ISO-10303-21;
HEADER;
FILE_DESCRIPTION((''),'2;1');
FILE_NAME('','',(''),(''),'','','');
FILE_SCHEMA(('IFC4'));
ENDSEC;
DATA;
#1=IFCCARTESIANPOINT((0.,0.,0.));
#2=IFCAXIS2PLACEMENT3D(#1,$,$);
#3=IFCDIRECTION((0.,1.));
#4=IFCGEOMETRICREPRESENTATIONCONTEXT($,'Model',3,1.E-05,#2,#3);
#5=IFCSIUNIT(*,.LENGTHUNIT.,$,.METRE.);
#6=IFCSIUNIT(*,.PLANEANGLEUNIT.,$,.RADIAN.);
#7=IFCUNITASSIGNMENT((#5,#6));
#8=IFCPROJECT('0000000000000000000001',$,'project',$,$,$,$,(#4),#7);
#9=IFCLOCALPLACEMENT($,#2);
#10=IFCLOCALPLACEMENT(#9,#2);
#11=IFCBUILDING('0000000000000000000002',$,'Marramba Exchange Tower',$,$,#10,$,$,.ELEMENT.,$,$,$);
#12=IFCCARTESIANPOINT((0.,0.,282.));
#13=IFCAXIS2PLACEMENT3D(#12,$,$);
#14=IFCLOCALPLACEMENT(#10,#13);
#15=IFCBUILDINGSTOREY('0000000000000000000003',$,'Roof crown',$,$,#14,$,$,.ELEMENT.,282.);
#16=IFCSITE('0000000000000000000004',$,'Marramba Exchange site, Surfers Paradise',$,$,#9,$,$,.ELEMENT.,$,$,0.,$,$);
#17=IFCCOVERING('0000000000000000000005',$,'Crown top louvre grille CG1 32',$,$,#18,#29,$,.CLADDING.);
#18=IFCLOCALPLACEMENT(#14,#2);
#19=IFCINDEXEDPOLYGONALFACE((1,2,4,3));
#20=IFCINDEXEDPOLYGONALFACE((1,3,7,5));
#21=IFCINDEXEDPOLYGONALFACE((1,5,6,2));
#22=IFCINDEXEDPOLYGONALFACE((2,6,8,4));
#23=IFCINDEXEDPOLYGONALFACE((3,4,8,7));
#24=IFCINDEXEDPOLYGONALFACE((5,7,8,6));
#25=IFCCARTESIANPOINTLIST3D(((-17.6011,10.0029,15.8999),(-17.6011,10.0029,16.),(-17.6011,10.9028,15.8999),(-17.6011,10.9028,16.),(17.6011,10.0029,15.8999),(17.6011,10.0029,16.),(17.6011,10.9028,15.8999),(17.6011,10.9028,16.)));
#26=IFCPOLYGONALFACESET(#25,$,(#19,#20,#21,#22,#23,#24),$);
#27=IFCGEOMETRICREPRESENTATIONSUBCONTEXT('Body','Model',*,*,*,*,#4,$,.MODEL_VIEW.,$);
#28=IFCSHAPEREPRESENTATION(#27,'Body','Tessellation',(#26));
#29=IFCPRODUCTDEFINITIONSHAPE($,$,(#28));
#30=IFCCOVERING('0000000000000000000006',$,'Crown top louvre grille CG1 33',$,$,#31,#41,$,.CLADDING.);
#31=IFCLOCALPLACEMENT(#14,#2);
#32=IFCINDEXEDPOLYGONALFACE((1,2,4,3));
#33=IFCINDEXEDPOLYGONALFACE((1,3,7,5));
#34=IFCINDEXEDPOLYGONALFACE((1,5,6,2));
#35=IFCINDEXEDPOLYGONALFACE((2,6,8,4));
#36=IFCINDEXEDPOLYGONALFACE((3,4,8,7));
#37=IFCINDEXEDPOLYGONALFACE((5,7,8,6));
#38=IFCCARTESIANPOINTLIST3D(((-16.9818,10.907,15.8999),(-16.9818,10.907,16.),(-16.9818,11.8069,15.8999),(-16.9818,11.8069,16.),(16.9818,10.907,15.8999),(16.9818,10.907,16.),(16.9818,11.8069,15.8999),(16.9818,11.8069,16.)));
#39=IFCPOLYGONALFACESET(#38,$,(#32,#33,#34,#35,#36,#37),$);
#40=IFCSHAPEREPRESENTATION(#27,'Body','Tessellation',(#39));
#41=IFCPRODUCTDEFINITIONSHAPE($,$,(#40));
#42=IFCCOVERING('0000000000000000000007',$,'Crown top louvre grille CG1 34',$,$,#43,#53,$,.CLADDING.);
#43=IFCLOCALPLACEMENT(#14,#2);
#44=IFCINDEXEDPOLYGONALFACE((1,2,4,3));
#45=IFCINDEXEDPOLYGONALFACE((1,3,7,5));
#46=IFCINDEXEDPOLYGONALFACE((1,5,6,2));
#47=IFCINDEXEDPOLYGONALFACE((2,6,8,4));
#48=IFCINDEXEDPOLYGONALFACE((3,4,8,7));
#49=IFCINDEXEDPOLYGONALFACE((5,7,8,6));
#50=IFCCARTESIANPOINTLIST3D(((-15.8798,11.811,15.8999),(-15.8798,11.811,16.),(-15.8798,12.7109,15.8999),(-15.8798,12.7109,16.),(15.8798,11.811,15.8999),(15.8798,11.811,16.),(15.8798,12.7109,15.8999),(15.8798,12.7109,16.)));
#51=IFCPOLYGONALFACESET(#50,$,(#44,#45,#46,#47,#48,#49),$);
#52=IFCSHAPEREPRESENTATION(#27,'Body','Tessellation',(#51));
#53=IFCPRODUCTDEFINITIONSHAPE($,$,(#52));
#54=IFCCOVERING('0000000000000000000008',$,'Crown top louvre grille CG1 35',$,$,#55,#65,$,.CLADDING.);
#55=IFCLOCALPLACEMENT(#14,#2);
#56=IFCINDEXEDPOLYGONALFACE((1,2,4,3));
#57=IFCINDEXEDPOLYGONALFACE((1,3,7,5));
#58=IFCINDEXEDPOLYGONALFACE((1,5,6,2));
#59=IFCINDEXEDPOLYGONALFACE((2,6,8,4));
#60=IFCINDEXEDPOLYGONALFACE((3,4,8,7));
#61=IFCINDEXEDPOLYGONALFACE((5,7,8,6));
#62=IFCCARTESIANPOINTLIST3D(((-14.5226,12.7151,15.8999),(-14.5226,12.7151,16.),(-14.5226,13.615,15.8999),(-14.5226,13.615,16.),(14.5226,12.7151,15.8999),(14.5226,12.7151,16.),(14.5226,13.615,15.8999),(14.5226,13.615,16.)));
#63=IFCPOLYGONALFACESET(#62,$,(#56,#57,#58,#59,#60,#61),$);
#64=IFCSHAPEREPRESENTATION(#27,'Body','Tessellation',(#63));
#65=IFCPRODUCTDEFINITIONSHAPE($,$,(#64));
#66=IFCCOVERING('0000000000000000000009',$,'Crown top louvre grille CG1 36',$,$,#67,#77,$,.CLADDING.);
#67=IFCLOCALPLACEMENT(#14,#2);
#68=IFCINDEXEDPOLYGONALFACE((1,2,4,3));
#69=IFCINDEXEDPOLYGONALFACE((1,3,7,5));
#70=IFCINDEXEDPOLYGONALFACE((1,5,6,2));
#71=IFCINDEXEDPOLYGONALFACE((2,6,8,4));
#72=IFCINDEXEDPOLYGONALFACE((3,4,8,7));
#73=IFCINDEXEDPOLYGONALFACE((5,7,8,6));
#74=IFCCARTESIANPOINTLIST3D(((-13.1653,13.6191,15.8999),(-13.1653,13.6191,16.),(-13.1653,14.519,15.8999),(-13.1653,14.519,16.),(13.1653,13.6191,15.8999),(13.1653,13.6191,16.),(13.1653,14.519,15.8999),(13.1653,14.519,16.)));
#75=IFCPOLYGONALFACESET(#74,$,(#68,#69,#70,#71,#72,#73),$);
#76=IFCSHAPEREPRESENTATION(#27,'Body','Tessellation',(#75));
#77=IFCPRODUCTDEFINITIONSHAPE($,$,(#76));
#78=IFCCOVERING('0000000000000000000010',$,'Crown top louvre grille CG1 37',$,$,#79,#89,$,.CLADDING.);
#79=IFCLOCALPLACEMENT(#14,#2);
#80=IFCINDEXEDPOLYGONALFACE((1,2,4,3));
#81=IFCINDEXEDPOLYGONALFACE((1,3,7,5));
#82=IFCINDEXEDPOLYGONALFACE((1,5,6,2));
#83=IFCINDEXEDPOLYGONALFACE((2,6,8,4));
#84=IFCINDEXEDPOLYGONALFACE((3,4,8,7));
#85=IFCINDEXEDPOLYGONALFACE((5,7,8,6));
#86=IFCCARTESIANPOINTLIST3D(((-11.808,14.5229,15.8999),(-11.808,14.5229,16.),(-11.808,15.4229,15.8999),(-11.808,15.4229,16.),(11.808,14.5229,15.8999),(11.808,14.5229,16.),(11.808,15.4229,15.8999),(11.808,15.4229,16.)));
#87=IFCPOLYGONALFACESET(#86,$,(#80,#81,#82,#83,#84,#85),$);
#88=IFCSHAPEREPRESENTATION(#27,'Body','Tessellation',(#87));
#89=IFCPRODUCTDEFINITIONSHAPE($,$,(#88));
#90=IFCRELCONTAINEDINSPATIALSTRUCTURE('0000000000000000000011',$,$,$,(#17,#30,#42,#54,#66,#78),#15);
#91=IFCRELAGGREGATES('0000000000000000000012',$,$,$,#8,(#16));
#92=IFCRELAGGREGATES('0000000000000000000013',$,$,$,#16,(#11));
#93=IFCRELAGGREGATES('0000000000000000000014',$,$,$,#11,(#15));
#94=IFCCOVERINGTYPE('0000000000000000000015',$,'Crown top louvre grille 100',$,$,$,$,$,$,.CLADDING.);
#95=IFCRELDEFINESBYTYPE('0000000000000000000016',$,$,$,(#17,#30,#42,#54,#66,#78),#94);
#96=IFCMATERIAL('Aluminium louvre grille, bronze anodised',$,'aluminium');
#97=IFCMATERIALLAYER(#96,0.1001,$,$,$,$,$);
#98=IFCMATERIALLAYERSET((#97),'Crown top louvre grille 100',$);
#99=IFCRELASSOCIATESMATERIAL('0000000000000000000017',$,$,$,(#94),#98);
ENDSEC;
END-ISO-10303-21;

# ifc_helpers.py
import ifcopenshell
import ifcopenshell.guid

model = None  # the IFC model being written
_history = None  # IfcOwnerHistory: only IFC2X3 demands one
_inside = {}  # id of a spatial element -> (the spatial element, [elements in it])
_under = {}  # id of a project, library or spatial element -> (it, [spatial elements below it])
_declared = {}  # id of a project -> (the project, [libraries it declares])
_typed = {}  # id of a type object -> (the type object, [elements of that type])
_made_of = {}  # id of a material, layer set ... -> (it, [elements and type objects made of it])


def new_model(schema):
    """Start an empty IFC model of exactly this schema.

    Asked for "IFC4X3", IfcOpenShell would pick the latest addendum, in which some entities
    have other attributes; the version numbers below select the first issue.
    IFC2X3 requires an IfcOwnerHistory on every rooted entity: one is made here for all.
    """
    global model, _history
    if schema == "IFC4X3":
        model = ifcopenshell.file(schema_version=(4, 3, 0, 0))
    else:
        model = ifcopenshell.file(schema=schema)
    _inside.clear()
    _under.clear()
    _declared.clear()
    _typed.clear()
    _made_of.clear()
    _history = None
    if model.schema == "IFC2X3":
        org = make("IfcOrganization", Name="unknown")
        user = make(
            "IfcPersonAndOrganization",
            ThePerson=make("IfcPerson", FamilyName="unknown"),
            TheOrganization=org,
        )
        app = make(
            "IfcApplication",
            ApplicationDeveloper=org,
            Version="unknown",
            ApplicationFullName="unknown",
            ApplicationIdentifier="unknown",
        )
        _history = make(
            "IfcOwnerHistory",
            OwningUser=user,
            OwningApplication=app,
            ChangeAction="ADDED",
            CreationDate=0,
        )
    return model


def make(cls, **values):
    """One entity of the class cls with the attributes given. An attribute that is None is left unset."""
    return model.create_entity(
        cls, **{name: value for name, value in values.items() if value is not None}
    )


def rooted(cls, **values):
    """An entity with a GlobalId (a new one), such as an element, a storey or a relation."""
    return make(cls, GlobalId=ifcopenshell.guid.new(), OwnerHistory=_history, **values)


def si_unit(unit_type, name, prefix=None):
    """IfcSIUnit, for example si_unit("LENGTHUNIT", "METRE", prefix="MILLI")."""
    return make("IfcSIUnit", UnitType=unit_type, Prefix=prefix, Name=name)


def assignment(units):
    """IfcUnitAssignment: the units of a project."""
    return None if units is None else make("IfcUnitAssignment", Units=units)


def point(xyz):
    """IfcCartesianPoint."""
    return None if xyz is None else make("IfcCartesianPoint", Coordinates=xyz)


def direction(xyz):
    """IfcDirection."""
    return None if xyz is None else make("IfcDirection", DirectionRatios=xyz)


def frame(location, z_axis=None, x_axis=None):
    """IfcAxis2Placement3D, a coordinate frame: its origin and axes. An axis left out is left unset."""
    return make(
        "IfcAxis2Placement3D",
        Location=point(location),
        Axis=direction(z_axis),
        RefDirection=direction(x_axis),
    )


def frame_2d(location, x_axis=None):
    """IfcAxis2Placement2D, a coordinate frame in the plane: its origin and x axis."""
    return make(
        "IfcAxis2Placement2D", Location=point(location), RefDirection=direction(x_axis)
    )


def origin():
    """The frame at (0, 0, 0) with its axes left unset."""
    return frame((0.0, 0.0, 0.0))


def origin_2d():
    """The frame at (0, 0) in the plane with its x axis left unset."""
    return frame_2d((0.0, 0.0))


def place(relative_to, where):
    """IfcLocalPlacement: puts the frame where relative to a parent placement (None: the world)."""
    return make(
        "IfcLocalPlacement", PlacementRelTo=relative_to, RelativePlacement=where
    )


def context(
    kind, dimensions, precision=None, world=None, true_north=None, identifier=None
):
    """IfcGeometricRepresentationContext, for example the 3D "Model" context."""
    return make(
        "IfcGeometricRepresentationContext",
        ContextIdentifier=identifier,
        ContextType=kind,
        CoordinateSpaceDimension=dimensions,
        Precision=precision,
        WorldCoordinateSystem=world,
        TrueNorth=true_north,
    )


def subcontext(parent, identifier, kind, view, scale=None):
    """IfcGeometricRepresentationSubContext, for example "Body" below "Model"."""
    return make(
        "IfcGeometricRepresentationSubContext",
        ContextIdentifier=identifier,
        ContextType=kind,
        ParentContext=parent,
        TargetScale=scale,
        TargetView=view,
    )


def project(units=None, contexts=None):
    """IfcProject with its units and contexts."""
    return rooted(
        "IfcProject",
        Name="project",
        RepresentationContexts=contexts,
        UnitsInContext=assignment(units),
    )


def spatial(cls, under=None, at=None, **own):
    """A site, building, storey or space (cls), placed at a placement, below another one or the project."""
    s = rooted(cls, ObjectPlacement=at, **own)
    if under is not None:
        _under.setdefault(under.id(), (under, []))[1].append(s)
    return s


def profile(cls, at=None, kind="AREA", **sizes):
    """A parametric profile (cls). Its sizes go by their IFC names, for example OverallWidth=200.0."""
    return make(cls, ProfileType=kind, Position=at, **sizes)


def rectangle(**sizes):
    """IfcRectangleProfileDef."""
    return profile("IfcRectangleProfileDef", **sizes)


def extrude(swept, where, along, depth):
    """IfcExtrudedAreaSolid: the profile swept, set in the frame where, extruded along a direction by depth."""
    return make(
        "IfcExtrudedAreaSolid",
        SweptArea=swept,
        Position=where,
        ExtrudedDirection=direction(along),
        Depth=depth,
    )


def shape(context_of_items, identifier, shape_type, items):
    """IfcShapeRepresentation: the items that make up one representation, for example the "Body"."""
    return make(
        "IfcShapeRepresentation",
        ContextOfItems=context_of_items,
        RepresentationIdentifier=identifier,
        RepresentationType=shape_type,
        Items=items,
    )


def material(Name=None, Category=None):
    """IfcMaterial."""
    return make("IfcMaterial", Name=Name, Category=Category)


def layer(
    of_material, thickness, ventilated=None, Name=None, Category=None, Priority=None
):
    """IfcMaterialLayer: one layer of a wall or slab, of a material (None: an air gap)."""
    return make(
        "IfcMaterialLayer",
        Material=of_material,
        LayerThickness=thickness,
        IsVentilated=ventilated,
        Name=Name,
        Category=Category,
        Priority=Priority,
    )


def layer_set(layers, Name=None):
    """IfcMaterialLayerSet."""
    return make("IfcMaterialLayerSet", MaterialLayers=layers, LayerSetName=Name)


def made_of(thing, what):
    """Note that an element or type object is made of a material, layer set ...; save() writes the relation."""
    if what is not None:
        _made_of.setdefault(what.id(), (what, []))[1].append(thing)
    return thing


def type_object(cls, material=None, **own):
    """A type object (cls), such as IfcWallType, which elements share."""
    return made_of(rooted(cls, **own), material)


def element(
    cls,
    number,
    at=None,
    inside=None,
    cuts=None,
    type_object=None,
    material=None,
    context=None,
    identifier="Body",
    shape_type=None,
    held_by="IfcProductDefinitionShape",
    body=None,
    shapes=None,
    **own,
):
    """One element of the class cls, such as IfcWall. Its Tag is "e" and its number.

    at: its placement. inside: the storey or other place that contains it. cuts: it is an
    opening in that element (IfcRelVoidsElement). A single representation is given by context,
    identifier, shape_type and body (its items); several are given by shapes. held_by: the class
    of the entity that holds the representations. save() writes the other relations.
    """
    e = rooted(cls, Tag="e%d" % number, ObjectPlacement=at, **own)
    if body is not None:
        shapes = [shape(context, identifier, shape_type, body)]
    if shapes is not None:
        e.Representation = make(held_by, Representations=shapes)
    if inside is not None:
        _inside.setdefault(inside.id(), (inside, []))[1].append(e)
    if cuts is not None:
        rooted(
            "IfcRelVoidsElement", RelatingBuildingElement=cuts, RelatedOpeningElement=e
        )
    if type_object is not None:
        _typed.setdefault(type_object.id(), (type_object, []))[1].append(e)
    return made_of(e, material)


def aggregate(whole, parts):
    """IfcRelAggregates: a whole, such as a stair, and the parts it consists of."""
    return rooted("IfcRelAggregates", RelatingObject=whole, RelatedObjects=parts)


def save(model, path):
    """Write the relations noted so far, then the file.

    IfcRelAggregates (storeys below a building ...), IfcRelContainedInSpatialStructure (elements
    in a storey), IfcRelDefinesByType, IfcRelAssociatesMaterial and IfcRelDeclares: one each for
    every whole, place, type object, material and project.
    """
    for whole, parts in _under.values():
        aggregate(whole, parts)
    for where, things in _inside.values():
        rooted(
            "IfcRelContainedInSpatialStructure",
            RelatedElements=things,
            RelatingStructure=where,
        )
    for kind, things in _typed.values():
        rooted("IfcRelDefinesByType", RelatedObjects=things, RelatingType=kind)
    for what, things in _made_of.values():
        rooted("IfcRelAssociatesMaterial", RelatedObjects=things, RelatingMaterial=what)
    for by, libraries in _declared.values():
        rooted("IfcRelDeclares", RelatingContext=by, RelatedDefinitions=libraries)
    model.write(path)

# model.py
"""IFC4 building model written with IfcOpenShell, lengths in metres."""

from ifc_helpers import new_model, si_unit, direction, frame, origin, origin_2d, place, context, subcontext, project, spatial, rectangle, extrude, material, layer, layer_set, type_object, element, save


model = new_model("IFC4")

# Units and contexts
model_context = context("Model", 3, precision=1e-05, world=origin(), true_north=direction((0.0, 1.0)))
body_context = subcontext(model_context, "Body", "Model", "MODEL_VIEW")
ifc_project = project(units=[si_unit("LENGTHUNIT", "METRE"), si_unit("PLANEANGLEUNIT", "RADIAN")], contexts=[model_context])

# Site, building, storey
site_placement = place(None, origin())
site = spatial("IfcSite", under=ifc_project, at=site_placement, Name="Marramba Exchange site, Surfers Paradise", CompositionType="ELEMENT", RefElevation=0.0)
building_placement = place(site_placement, origin())
building = spatial("IfcBuilding", under=site, at=building_placement, Name="Marramba Exchange Tower", CompositionType="ELEMENT")
storey_placement = place(building_placement, frame((0.0, 0.0, 282.0)))
storey = spatial("IfcBuildingStorey", under=building, at=storey_placement, Name="Roof crown", CompositionType="ELEMENT", Elevation=282.0)

# Coverings
ifc_material_1 = material(Name="Aluminium louvre grille, bronze anodised", Category="aluminium")
ifc_layer = layer(ifc_material_1, 0.1001)
ifc_layer_set = layer_set([ifc_layer], Name="Crown top louvre grille 100")
covering_type = type_object("IfcCoveringType", Name="Crown top louvre grille 100", PredefinedType="CLADDING", material=ifc_layer_set)
covering_1_placement = place(storey_placement, frame((0.0, 10.4529, 15.8999), z_axis=(0.0, 0.0, 1.0), x_axis=(1.0, 0.0, 0.0)))
element("IfcCovering", 1, at=covering_1_placement, inside=storey, type_object=covering_type, Name="Crown top louvre grille CG1 32", PredefinedType="CLADDING", context=body_context, shape_type="SweptSolid", body=[
    extrude(rectangle(XDim=35.2021, YDim=0.8999, at=origin_2d()), origin(), (0.0, 0.0, 1.0), 0.1001),
])
covering_2_placement = place(storey_placement, frame((0.0, 11.3569, 15.8999), z_axis=(0.0, 0.0, 1.0), x_axis=(1.0, 0.0, 0.0)))
element("IfcCovering", 2, at=covering_2_placement, inside=storey, type_object=covering_type, Name="Crown top louvre grille CG1 33", PredefinedType="CLADDING", context=body_context, shape_type="SweptSolid", body=[
    extrude(rectangle(XDim=33.9636, YDim=0.8999, at=origin_2d()), origin(), (0.0, 0.0, 1.0), 0.1001),
])
covering_3_placement = place(storey_placement, frame((0.0, 12.261, 15.8999), z_axis=(0.0, 0.0, 1.0), x_axis=(1.0, 0.0, 0.0)))
element("IfcCovering", 3, at=covering_3_placement, inside=storey, type_object=covering_type, Name="Crown top louvre grille CG1 34", PredefinedType="CLADDING", context=body_context, shape_type="SweptSolid", body=[
    extrude(rectangle(XDim=31.7595, YDim=0.8999, at=origin_2d()), origin(), (0.0, 0.0, 1.0), 0.1001),
])
covering_4_placement = place(storey_placement, frame((0.0, 13.165, 15.8999), z_axis=(0.0, 0.0, 1.0), x_axis=(1.0, 0.0, 0.0)))
element("IfcCovering", 4, at=covering_4_placement, inside=storey, type_object=covering_type, Name="Crown top louvre grille CG1 35", PredefinedType="CLADDING", context=body_context, shape_type="SweptSolid", body=[
    extrude(rectangle(XDim=29.0452, YDim=0.8999, at=origin_2d()), origin(), (0.0, 0.0, 1.0), 0.1001),
])
covering_5_placement = place(storey_placement, frame((0.0, 14.0691, 15.8999), z_axis=(0.0, 0.0, 1.0), x_axis=(1.0, 0.0, 0.0)))
element("IfcCovering", 5, at=covering_5_placement, inside=storey, type_object=covering_type, Name="Crown top louvre grille CG1 36", PredefinedType="CLADDING", context=body_context, shape_type="SweptSolid", body=[
    extrude(rectangle(XDim=26.3306, YDim=0.8999, at=origin_2d()), origin(), (0.0, 0.0, 1.0), 0.1001),
])
covering_6_placement = place(storey_placement, frame((0.0, 14.9729, 15.8999), z_axis=(0.0, 0.0, 1.0), x_axis=(1.0, 0.0, 0.0)))
element("IfcCovering", 6, at=covering_6_placement, inside=storey, type_object=covering_type, Name="Crown top louvre grille CG1 37", PredefinedType="CLADDING", context=body_context, shape_type="SweptSolid", body=[
    extrude(rectangle(XDim=23.616, YDim=0.8999, at=origin_2d()), origin(), (0.0, 0.0, 1.0), 0.1001),
])

save(model, "model.ifc")
